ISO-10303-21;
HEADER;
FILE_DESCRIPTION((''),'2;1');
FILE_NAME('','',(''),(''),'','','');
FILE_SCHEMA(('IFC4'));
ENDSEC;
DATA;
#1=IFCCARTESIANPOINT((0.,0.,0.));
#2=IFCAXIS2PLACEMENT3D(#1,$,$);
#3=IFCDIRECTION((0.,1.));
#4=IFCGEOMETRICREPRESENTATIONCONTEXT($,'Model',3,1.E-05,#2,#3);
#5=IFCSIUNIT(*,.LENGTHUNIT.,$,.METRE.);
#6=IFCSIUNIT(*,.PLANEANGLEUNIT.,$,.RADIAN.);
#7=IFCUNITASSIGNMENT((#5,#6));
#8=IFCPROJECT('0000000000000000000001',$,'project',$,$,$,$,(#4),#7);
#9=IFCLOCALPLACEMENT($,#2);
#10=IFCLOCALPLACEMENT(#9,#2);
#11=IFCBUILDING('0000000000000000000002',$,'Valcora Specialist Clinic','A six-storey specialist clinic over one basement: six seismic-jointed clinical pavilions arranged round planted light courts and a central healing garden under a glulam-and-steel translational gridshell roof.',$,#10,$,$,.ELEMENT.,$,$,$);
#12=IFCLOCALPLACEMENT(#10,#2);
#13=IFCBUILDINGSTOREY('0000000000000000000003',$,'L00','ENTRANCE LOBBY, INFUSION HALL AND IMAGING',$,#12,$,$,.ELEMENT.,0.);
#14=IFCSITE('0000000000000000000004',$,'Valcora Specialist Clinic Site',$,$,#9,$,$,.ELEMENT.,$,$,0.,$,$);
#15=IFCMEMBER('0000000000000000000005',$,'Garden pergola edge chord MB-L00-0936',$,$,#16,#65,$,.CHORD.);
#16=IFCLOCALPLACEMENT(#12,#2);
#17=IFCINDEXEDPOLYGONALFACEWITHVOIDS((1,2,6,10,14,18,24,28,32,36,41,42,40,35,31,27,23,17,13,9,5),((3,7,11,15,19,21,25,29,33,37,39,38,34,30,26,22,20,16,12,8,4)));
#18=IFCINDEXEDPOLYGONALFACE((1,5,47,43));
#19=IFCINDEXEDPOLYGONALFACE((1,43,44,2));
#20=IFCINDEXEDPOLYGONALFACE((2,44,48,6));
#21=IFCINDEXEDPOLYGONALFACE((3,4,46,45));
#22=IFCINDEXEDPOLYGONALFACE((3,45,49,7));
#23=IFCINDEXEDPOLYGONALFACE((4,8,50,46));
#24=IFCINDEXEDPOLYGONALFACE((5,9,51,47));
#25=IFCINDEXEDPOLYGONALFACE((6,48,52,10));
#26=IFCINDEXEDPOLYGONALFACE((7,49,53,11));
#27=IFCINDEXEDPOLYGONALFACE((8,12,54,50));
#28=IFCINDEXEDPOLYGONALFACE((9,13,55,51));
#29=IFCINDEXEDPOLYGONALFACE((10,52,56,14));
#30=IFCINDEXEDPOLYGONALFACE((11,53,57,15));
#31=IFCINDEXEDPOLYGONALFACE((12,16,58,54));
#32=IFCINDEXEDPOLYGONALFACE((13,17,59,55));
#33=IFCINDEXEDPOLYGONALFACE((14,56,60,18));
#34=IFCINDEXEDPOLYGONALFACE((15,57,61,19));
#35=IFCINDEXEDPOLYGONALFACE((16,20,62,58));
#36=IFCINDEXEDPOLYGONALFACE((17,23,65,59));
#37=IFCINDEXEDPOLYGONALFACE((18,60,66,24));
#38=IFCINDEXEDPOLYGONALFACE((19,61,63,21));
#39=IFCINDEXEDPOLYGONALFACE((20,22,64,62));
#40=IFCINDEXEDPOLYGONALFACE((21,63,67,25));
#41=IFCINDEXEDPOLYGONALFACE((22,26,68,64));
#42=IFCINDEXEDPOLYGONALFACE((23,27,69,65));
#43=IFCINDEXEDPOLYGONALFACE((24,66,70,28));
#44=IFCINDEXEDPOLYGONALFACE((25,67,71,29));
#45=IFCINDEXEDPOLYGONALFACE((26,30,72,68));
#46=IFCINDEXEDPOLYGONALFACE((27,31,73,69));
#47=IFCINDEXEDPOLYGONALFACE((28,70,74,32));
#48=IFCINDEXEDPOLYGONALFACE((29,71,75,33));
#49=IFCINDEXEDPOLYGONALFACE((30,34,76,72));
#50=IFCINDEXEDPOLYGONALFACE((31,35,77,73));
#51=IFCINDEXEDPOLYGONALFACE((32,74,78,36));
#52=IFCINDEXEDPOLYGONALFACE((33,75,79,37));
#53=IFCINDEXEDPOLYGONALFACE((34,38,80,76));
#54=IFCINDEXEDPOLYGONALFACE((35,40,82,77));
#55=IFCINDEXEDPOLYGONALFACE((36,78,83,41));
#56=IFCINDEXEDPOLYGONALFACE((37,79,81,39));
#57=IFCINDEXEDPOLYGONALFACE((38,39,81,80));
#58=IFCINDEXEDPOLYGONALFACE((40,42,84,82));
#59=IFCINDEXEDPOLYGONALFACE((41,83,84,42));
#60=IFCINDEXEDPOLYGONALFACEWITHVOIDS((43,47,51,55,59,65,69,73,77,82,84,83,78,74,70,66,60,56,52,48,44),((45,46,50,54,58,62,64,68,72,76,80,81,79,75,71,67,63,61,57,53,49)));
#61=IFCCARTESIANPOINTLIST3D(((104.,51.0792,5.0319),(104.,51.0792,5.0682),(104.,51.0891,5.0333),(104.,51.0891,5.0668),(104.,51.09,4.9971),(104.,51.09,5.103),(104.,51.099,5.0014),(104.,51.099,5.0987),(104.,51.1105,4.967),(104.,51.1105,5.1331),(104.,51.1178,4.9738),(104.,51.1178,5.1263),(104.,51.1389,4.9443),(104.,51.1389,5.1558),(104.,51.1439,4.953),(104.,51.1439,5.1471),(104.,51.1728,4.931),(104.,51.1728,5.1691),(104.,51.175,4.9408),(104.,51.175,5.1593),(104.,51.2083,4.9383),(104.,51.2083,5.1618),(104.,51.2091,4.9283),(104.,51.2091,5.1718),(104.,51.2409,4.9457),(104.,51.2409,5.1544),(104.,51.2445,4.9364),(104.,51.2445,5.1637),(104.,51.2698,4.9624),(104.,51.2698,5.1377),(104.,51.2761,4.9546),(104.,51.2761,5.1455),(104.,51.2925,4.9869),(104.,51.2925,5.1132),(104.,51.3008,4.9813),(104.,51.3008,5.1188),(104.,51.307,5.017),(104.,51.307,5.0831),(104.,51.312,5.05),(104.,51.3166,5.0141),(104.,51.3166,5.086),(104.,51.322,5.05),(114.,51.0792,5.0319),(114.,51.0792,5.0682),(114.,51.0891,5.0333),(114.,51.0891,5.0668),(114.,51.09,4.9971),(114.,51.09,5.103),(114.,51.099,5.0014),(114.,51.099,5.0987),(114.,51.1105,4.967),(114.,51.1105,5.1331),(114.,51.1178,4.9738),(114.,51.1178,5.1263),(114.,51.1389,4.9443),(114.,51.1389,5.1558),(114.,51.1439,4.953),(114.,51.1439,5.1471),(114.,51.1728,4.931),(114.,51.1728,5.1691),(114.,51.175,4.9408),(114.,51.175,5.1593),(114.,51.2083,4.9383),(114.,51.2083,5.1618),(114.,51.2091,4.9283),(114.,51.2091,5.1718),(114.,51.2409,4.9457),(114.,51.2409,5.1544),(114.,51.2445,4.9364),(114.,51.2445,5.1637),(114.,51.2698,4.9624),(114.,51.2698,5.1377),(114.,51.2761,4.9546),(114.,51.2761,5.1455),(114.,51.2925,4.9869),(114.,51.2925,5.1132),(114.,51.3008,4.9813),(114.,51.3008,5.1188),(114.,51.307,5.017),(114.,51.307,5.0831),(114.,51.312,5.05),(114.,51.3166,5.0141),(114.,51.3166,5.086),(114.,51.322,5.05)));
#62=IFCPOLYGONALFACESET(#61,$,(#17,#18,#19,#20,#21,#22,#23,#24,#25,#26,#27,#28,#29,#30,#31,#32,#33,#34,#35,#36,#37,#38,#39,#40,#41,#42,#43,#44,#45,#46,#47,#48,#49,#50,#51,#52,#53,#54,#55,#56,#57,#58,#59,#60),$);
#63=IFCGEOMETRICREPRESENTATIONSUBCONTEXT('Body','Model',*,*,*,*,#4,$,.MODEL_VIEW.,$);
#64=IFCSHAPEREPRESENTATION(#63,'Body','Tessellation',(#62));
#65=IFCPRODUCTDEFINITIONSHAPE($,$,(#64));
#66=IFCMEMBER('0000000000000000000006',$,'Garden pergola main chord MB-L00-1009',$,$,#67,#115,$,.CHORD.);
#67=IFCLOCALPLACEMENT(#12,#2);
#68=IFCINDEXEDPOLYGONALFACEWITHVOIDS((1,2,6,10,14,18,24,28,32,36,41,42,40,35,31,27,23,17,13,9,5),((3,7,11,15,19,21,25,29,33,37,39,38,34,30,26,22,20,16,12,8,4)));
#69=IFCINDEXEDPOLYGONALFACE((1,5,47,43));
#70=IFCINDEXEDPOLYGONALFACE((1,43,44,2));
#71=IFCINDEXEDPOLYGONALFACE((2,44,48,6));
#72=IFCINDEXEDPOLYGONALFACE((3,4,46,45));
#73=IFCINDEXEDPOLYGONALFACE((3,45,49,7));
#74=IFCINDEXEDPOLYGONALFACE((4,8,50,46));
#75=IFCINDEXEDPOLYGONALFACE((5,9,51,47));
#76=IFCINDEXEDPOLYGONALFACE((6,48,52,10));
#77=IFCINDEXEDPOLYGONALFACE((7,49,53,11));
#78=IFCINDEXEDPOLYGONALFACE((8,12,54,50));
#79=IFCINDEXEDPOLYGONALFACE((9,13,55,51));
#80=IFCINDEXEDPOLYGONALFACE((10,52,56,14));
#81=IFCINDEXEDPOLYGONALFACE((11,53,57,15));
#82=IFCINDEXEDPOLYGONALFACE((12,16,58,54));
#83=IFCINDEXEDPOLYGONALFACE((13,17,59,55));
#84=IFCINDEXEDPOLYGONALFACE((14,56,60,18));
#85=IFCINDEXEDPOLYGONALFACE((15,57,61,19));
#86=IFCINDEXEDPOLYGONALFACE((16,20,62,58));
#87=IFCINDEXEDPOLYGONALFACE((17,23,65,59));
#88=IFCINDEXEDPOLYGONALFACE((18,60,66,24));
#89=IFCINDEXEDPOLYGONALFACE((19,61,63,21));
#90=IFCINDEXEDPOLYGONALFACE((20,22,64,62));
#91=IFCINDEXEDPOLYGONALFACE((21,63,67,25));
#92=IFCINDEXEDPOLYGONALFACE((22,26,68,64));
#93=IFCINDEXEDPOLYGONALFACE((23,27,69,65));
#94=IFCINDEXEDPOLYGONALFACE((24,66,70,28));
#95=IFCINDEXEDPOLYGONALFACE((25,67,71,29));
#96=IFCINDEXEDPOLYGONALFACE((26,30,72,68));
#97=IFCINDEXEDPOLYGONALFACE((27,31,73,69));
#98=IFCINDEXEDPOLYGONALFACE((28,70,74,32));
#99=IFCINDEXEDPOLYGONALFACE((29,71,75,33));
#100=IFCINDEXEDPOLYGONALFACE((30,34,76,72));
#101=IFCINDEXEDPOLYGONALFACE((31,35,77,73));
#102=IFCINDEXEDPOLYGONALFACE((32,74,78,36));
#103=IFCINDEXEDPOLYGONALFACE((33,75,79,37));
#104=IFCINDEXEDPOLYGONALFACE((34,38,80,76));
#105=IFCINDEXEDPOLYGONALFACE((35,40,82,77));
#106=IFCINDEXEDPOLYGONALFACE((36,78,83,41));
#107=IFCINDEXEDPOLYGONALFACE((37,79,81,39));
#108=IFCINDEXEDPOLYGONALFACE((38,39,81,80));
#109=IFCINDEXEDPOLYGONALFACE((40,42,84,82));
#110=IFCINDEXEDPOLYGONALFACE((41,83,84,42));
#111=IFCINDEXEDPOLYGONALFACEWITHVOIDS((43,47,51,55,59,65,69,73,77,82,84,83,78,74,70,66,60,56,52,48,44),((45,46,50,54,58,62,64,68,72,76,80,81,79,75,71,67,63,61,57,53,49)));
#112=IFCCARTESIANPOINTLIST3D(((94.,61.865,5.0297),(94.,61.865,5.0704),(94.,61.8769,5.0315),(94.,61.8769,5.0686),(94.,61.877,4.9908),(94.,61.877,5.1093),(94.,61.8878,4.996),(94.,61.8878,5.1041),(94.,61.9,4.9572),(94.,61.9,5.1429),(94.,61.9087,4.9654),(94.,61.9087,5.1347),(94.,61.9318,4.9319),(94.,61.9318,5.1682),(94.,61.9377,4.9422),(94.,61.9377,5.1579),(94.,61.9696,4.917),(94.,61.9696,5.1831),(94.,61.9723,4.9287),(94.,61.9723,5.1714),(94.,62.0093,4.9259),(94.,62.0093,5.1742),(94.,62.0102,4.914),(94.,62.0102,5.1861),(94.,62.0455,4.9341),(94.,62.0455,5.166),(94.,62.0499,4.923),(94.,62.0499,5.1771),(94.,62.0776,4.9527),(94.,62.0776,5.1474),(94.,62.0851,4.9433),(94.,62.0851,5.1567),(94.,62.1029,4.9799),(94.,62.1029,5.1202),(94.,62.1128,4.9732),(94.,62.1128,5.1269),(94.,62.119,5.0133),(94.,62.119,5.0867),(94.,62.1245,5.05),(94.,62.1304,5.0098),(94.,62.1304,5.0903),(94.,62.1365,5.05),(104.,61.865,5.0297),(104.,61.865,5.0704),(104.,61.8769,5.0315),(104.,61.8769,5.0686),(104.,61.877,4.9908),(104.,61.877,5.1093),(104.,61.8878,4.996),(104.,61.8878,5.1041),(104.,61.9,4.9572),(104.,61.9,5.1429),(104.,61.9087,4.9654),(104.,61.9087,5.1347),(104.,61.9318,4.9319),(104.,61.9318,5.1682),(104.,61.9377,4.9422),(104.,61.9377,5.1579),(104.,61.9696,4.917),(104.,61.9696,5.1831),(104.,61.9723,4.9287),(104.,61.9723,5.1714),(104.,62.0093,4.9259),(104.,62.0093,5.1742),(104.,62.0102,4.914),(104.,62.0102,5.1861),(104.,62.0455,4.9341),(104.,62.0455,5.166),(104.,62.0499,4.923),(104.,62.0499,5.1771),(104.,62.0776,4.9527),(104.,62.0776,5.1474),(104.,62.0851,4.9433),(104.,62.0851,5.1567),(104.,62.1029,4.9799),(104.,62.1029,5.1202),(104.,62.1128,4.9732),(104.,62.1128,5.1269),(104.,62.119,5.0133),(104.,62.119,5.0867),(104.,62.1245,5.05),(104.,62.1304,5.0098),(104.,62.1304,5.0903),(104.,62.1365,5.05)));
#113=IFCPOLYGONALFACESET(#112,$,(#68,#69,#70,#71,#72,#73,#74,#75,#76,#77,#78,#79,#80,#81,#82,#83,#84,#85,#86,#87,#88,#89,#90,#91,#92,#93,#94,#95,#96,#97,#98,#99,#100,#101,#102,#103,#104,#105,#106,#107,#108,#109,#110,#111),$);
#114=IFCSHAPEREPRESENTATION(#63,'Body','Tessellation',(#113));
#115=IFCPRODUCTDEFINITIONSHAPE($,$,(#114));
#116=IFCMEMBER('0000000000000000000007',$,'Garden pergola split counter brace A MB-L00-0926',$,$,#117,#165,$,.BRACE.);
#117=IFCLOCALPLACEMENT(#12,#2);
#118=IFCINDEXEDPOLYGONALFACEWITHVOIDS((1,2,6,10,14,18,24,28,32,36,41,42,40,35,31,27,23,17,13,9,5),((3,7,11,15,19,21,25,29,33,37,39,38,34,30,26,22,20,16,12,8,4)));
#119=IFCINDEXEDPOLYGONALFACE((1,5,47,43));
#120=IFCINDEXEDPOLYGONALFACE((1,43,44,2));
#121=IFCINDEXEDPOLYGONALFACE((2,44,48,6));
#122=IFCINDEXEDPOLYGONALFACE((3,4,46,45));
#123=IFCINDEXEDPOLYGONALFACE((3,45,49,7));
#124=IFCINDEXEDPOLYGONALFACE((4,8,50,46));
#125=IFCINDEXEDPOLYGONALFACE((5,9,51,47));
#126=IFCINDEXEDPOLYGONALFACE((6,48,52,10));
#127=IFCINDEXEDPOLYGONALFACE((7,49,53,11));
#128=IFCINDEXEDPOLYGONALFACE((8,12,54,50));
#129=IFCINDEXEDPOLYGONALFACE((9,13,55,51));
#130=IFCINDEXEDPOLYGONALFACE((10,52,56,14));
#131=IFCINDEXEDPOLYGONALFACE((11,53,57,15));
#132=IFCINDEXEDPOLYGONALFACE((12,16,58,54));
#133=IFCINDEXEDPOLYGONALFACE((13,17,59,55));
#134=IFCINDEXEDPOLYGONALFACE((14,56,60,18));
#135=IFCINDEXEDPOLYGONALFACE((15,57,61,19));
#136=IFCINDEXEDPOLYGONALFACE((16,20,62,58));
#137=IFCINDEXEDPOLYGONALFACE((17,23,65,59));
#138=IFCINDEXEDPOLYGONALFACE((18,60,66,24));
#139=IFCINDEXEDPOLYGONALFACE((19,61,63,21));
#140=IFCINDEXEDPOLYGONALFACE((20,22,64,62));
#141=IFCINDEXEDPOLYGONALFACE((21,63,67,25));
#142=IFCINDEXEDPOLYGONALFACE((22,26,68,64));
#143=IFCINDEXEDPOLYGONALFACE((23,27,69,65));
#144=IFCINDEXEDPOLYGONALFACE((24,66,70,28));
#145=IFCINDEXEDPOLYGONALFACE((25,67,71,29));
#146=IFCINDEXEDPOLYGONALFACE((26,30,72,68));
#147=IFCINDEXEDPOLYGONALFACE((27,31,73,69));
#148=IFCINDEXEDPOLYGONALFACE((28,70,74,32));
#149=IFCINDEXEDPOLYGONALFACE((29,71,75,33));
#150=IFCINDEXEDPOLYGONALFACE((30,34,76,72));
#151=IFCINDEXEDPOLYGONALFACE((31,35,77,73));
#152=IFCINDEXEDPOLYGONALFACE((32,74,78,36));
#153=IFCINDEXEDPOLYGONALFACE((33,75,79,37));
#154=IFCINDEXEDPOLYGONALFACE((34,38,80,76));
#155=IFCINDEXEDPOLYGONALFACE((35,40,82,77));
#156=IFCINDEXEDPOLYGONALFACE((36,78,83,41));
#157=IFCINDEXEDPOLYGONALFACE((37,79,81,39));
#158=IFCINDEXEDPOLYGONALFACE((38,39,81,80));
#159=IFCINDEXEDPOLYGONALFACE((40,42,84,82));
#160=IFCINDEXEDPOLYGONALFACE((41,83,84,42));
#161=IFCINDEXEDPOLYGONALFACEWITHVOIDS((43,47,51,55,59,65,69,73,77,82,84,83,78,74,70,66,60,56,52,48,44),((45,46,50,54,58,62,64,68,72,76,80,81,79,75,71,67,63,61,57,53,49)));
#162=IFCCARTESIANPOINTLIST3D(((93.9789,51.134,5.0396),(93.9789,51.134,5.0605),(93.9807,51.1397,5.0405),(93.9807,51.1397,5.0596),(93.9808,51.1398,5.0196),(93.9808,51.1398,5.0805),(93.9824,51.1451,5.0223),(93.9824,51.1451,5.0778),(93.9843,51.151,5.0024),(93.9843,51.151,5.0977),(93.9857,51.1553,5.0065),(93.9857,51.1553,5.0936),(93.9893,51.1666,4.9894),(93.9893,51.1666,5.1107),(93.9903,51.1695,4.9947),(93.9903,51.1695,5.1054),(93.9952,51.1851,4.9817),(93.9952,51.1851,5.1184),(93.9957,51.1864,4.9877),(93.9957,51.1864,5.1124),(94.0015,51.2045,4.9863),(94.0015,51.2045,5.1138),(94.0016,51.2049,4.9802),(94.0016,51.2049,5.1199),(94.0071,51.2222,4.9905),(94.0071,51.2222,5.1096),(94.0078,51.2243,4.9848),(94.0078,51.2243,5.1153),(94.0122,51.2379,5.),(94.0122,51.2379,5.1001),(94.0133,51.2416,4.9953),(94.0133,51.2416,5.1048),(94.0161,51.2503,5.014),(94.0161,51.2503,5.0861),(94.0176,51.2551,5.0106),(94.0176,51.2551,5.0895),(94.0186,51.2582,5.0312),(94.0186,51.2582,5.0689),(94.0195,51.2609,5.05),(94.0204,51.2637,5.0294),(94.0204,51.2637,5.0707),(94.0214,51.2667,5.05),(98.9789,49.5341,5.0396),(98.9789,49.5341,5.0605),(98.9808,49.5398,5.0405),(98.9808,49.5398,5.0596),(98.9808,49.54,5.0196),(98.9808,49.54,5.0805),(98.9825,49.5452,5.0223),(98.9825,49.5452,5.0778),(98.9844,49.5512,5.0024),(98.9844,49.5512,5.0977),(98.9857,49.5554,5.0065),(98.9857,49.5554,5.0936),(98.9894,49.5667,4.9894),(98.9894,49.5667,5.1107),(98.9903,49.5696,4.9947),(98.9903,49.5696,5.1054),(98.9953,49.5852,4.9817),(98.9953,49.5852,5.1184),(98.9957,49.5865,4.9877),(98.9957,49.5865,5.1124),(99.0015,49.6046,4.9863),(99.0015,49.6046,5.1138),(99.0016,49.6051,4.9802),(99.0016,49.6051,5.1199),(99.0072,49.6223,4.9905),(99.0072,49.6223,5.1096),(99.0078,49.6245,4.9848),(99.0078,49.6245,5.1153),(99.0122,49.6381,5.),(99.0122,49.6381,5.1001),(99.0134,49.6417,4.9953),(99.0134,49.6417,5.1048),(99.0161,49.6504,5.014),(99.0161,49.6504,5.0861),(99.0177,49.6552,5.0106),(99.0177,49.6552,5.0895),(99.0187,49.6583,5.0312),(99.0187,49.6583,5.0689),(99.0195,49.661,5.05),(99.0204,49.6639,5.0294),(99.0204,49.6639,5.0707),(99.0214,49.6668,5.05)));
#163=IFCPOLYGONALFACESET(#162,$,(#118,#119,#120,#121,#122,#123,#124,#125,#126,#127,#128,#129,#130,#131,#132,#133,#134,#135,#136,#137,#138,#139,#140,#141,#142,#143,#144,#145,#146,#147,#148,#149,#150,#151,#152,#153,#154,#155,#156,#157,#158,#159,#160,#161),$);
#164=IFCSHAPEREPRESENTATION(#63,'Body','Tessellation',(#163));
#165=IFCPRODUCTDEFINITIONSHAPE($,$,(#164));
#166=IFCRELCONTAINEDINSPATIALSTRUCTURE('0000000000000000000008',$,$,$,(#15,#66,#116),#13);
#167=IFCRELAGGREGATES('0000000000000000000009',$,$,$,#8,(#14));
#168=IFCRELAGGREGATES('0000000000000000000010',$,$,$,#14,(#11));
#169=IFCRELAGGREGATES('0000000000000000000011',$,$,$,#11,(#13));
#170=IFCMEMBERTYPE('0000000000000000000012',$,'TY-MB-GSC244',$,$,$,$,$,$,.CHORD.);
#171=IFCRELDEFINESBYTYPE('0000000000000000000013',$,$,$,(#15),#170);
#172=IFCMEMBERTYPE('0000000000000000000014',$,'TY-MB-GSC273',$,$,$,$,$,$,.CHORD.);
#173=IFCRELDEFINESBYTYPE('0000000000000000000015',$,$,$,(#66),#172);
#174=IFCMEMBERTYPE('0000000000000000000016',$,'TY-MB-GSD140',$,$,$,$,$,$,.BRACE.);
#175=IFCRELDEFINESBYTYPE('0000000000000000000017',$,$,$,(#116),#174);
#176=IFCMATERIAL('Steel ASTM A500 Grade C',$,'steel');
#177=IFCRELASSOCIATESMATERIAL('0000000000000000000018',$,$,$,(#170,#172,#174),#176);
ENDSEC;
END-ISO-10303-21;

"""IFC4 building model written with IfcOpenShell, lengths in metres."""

from ifc_helpers import new_model, si_unit, direction, frame, origin, origin_2d, place, context, subcontext, project, spatial, hollow_circle, extrude, material, material_profile, profile_set, type_object, element, save


model = new_model("IFC4")

# Units and contexts
model_context = context("Model", 3, precision=1e-05, world=origin(), true_north=direction((0.0, 1.0)))
body_context = subcontext(model_context, "Body", "Model", "MODEL_VIEW")
ifc_project = project(units=[si_unit("LENGTHUNIT", "METRE"), si_unit("PLANEANGLEUNIT", "RADIAN")], contexts=[model_context])

# Site, building, storey
site_placement = place(None, origin())
site = spatial("IfcSite", under=ifc_project, at=site_placement, Name="Valcora Specialist Clinic Site", CompositionType="ELEMENT", RefElevation=0.0)
building_placement = place(site_placement, origin())
building = spatial("IfcBuilding", under=site, at=building_placement, Name="Valcora Specialist Clinic", Description="A six-storey specialist clinic over one basement: six seismic-jointed clinical pavilions arranged round planted light courts and a central healing garden under a glulam-and-steel translational gridshell roof.", CompositionType="ELEMENT")
storey_placement = place(building_placement, origin())
storey = spatial("IfcBuildingStorey", under=building, at=storey_placement, Name="L00", Description="ENTRANCE LOBBY, INFUSION HALL AND IMAGING", CompositionType="ELEMENT", Elevation=0.0)

# Members
ifc_material_1 = material(Name="Steel ASTM A500 Grade C", Category="steel")
ifc_material_profile_1 = material_profile(ifc_material_1, hollow_circle(Radius=0.1221, WallThickness=0.01, at=origin_2d()), Name="ST-CHS-244X10")
ifc_profile_set_1 = profile_set([ifc_material_profile_1], Name="Steel ASTM A500 Grade C")
member_type_1 = type_object("IfcMemberType", Name="TY-MB-GSC244", PredefinedType="CHORD", material=ifc_profile_set_1)
for number, where, z_axis, x_axis, name in (
    (1, (104.0, 51.2, 5.05), (1.0, 0.0, 0.0), (0.0, 1.0, 0.0), "Garden pergola edge chord MB-L00-0936"),
):
    element("IfcMember", number, at=place(storey_placement, frame(where, z_axis=z_axis, x_axis=x_axis)), inside=storey, type_object=member_type_1, Name=name, PredefinedType="CHORD", context=body_context, shape_type="SweptSolid", body=[
        extrude(hollow_circle(Radius=0.1221, WallThickness=0.01, at=origin_2d()), origin(), (0.0, 0.0, 1.0), 10.0),
    ])
ifc_material_profile_2 = material_profile(ifc_material_1, hollow_circle(Radius=0.1365, WallThickness=0.012, at=origin_2d()), Name="ST-CHS-273X12")
ifc_profile_set_2 = profile_set([ifc_material_profile_2], Name="Steel ASTM A500 Grade C")
member_type_2 = type_object("IfcMemberType", Name="TY-MB-GSC273", PredefinedType="CHORD", material=ifc_profile_set_2)
member_placement = place(storey_placement, frame((94.0, 62.0, 5.05), z_axis=(1.0, 0.0, 0.0), x_axis=(0.0, 1.0, 0.0)))
element("IfcMember", 2, at=member_placement, inside=storey, type_object=member_type_2, Name="Garden pergola main chord MB-L00-1009", PredefinedType="CHORD", context=body_context, shape_type="SweptSolid", body=[
    extrude(hollow_circle(Radius=0.1365, WallThickness=0.012, at=origin_2d()), origin(), (0.0, 0.0, 1.0), 10.0),
])
ifc_material_profile_3 = material_profile(ifc_material_1, hollow_circle(Radius=0.0701, WallThickness=0.0061, at=origin_2d()), Name="ST-CHS-140X6")
ifc_profile_set_3 = profile_set([ifc_material_profile_3], Name="Steel ASTM A500 Grade C")
member_type_3 = type_object("IfcMemberType", Name="TY-MB-GSD140", PredefinedType="BRACE", material=ifc_profile_set_3)
for number, where, z_axis, x_axis, name in (
    (3, (94.0, 51.2, 5.05), (0.952432, -0.30475, 0.0), (0.30475, 0.952432, 0.0), "Garden pergola split counter brace A MB-L00-0926"),
):
    element("IfcMember", number, at=place(storey_placement, frame(where, z_axis=z_axis, x_axis=x_axis)), inside=storey, type_object=member_type_3, Name=name, PredefinedType="BRACE", context=body_context, shape_type="SweptSolid", body=[
        extrude(hollow_circle(Radius=0.0701, WallThickness=0.0061, at=origin_2d()), origin(), (0.0, 0.0, 1.0), 5.2498),
    ])

save(model, "model.ifc")
